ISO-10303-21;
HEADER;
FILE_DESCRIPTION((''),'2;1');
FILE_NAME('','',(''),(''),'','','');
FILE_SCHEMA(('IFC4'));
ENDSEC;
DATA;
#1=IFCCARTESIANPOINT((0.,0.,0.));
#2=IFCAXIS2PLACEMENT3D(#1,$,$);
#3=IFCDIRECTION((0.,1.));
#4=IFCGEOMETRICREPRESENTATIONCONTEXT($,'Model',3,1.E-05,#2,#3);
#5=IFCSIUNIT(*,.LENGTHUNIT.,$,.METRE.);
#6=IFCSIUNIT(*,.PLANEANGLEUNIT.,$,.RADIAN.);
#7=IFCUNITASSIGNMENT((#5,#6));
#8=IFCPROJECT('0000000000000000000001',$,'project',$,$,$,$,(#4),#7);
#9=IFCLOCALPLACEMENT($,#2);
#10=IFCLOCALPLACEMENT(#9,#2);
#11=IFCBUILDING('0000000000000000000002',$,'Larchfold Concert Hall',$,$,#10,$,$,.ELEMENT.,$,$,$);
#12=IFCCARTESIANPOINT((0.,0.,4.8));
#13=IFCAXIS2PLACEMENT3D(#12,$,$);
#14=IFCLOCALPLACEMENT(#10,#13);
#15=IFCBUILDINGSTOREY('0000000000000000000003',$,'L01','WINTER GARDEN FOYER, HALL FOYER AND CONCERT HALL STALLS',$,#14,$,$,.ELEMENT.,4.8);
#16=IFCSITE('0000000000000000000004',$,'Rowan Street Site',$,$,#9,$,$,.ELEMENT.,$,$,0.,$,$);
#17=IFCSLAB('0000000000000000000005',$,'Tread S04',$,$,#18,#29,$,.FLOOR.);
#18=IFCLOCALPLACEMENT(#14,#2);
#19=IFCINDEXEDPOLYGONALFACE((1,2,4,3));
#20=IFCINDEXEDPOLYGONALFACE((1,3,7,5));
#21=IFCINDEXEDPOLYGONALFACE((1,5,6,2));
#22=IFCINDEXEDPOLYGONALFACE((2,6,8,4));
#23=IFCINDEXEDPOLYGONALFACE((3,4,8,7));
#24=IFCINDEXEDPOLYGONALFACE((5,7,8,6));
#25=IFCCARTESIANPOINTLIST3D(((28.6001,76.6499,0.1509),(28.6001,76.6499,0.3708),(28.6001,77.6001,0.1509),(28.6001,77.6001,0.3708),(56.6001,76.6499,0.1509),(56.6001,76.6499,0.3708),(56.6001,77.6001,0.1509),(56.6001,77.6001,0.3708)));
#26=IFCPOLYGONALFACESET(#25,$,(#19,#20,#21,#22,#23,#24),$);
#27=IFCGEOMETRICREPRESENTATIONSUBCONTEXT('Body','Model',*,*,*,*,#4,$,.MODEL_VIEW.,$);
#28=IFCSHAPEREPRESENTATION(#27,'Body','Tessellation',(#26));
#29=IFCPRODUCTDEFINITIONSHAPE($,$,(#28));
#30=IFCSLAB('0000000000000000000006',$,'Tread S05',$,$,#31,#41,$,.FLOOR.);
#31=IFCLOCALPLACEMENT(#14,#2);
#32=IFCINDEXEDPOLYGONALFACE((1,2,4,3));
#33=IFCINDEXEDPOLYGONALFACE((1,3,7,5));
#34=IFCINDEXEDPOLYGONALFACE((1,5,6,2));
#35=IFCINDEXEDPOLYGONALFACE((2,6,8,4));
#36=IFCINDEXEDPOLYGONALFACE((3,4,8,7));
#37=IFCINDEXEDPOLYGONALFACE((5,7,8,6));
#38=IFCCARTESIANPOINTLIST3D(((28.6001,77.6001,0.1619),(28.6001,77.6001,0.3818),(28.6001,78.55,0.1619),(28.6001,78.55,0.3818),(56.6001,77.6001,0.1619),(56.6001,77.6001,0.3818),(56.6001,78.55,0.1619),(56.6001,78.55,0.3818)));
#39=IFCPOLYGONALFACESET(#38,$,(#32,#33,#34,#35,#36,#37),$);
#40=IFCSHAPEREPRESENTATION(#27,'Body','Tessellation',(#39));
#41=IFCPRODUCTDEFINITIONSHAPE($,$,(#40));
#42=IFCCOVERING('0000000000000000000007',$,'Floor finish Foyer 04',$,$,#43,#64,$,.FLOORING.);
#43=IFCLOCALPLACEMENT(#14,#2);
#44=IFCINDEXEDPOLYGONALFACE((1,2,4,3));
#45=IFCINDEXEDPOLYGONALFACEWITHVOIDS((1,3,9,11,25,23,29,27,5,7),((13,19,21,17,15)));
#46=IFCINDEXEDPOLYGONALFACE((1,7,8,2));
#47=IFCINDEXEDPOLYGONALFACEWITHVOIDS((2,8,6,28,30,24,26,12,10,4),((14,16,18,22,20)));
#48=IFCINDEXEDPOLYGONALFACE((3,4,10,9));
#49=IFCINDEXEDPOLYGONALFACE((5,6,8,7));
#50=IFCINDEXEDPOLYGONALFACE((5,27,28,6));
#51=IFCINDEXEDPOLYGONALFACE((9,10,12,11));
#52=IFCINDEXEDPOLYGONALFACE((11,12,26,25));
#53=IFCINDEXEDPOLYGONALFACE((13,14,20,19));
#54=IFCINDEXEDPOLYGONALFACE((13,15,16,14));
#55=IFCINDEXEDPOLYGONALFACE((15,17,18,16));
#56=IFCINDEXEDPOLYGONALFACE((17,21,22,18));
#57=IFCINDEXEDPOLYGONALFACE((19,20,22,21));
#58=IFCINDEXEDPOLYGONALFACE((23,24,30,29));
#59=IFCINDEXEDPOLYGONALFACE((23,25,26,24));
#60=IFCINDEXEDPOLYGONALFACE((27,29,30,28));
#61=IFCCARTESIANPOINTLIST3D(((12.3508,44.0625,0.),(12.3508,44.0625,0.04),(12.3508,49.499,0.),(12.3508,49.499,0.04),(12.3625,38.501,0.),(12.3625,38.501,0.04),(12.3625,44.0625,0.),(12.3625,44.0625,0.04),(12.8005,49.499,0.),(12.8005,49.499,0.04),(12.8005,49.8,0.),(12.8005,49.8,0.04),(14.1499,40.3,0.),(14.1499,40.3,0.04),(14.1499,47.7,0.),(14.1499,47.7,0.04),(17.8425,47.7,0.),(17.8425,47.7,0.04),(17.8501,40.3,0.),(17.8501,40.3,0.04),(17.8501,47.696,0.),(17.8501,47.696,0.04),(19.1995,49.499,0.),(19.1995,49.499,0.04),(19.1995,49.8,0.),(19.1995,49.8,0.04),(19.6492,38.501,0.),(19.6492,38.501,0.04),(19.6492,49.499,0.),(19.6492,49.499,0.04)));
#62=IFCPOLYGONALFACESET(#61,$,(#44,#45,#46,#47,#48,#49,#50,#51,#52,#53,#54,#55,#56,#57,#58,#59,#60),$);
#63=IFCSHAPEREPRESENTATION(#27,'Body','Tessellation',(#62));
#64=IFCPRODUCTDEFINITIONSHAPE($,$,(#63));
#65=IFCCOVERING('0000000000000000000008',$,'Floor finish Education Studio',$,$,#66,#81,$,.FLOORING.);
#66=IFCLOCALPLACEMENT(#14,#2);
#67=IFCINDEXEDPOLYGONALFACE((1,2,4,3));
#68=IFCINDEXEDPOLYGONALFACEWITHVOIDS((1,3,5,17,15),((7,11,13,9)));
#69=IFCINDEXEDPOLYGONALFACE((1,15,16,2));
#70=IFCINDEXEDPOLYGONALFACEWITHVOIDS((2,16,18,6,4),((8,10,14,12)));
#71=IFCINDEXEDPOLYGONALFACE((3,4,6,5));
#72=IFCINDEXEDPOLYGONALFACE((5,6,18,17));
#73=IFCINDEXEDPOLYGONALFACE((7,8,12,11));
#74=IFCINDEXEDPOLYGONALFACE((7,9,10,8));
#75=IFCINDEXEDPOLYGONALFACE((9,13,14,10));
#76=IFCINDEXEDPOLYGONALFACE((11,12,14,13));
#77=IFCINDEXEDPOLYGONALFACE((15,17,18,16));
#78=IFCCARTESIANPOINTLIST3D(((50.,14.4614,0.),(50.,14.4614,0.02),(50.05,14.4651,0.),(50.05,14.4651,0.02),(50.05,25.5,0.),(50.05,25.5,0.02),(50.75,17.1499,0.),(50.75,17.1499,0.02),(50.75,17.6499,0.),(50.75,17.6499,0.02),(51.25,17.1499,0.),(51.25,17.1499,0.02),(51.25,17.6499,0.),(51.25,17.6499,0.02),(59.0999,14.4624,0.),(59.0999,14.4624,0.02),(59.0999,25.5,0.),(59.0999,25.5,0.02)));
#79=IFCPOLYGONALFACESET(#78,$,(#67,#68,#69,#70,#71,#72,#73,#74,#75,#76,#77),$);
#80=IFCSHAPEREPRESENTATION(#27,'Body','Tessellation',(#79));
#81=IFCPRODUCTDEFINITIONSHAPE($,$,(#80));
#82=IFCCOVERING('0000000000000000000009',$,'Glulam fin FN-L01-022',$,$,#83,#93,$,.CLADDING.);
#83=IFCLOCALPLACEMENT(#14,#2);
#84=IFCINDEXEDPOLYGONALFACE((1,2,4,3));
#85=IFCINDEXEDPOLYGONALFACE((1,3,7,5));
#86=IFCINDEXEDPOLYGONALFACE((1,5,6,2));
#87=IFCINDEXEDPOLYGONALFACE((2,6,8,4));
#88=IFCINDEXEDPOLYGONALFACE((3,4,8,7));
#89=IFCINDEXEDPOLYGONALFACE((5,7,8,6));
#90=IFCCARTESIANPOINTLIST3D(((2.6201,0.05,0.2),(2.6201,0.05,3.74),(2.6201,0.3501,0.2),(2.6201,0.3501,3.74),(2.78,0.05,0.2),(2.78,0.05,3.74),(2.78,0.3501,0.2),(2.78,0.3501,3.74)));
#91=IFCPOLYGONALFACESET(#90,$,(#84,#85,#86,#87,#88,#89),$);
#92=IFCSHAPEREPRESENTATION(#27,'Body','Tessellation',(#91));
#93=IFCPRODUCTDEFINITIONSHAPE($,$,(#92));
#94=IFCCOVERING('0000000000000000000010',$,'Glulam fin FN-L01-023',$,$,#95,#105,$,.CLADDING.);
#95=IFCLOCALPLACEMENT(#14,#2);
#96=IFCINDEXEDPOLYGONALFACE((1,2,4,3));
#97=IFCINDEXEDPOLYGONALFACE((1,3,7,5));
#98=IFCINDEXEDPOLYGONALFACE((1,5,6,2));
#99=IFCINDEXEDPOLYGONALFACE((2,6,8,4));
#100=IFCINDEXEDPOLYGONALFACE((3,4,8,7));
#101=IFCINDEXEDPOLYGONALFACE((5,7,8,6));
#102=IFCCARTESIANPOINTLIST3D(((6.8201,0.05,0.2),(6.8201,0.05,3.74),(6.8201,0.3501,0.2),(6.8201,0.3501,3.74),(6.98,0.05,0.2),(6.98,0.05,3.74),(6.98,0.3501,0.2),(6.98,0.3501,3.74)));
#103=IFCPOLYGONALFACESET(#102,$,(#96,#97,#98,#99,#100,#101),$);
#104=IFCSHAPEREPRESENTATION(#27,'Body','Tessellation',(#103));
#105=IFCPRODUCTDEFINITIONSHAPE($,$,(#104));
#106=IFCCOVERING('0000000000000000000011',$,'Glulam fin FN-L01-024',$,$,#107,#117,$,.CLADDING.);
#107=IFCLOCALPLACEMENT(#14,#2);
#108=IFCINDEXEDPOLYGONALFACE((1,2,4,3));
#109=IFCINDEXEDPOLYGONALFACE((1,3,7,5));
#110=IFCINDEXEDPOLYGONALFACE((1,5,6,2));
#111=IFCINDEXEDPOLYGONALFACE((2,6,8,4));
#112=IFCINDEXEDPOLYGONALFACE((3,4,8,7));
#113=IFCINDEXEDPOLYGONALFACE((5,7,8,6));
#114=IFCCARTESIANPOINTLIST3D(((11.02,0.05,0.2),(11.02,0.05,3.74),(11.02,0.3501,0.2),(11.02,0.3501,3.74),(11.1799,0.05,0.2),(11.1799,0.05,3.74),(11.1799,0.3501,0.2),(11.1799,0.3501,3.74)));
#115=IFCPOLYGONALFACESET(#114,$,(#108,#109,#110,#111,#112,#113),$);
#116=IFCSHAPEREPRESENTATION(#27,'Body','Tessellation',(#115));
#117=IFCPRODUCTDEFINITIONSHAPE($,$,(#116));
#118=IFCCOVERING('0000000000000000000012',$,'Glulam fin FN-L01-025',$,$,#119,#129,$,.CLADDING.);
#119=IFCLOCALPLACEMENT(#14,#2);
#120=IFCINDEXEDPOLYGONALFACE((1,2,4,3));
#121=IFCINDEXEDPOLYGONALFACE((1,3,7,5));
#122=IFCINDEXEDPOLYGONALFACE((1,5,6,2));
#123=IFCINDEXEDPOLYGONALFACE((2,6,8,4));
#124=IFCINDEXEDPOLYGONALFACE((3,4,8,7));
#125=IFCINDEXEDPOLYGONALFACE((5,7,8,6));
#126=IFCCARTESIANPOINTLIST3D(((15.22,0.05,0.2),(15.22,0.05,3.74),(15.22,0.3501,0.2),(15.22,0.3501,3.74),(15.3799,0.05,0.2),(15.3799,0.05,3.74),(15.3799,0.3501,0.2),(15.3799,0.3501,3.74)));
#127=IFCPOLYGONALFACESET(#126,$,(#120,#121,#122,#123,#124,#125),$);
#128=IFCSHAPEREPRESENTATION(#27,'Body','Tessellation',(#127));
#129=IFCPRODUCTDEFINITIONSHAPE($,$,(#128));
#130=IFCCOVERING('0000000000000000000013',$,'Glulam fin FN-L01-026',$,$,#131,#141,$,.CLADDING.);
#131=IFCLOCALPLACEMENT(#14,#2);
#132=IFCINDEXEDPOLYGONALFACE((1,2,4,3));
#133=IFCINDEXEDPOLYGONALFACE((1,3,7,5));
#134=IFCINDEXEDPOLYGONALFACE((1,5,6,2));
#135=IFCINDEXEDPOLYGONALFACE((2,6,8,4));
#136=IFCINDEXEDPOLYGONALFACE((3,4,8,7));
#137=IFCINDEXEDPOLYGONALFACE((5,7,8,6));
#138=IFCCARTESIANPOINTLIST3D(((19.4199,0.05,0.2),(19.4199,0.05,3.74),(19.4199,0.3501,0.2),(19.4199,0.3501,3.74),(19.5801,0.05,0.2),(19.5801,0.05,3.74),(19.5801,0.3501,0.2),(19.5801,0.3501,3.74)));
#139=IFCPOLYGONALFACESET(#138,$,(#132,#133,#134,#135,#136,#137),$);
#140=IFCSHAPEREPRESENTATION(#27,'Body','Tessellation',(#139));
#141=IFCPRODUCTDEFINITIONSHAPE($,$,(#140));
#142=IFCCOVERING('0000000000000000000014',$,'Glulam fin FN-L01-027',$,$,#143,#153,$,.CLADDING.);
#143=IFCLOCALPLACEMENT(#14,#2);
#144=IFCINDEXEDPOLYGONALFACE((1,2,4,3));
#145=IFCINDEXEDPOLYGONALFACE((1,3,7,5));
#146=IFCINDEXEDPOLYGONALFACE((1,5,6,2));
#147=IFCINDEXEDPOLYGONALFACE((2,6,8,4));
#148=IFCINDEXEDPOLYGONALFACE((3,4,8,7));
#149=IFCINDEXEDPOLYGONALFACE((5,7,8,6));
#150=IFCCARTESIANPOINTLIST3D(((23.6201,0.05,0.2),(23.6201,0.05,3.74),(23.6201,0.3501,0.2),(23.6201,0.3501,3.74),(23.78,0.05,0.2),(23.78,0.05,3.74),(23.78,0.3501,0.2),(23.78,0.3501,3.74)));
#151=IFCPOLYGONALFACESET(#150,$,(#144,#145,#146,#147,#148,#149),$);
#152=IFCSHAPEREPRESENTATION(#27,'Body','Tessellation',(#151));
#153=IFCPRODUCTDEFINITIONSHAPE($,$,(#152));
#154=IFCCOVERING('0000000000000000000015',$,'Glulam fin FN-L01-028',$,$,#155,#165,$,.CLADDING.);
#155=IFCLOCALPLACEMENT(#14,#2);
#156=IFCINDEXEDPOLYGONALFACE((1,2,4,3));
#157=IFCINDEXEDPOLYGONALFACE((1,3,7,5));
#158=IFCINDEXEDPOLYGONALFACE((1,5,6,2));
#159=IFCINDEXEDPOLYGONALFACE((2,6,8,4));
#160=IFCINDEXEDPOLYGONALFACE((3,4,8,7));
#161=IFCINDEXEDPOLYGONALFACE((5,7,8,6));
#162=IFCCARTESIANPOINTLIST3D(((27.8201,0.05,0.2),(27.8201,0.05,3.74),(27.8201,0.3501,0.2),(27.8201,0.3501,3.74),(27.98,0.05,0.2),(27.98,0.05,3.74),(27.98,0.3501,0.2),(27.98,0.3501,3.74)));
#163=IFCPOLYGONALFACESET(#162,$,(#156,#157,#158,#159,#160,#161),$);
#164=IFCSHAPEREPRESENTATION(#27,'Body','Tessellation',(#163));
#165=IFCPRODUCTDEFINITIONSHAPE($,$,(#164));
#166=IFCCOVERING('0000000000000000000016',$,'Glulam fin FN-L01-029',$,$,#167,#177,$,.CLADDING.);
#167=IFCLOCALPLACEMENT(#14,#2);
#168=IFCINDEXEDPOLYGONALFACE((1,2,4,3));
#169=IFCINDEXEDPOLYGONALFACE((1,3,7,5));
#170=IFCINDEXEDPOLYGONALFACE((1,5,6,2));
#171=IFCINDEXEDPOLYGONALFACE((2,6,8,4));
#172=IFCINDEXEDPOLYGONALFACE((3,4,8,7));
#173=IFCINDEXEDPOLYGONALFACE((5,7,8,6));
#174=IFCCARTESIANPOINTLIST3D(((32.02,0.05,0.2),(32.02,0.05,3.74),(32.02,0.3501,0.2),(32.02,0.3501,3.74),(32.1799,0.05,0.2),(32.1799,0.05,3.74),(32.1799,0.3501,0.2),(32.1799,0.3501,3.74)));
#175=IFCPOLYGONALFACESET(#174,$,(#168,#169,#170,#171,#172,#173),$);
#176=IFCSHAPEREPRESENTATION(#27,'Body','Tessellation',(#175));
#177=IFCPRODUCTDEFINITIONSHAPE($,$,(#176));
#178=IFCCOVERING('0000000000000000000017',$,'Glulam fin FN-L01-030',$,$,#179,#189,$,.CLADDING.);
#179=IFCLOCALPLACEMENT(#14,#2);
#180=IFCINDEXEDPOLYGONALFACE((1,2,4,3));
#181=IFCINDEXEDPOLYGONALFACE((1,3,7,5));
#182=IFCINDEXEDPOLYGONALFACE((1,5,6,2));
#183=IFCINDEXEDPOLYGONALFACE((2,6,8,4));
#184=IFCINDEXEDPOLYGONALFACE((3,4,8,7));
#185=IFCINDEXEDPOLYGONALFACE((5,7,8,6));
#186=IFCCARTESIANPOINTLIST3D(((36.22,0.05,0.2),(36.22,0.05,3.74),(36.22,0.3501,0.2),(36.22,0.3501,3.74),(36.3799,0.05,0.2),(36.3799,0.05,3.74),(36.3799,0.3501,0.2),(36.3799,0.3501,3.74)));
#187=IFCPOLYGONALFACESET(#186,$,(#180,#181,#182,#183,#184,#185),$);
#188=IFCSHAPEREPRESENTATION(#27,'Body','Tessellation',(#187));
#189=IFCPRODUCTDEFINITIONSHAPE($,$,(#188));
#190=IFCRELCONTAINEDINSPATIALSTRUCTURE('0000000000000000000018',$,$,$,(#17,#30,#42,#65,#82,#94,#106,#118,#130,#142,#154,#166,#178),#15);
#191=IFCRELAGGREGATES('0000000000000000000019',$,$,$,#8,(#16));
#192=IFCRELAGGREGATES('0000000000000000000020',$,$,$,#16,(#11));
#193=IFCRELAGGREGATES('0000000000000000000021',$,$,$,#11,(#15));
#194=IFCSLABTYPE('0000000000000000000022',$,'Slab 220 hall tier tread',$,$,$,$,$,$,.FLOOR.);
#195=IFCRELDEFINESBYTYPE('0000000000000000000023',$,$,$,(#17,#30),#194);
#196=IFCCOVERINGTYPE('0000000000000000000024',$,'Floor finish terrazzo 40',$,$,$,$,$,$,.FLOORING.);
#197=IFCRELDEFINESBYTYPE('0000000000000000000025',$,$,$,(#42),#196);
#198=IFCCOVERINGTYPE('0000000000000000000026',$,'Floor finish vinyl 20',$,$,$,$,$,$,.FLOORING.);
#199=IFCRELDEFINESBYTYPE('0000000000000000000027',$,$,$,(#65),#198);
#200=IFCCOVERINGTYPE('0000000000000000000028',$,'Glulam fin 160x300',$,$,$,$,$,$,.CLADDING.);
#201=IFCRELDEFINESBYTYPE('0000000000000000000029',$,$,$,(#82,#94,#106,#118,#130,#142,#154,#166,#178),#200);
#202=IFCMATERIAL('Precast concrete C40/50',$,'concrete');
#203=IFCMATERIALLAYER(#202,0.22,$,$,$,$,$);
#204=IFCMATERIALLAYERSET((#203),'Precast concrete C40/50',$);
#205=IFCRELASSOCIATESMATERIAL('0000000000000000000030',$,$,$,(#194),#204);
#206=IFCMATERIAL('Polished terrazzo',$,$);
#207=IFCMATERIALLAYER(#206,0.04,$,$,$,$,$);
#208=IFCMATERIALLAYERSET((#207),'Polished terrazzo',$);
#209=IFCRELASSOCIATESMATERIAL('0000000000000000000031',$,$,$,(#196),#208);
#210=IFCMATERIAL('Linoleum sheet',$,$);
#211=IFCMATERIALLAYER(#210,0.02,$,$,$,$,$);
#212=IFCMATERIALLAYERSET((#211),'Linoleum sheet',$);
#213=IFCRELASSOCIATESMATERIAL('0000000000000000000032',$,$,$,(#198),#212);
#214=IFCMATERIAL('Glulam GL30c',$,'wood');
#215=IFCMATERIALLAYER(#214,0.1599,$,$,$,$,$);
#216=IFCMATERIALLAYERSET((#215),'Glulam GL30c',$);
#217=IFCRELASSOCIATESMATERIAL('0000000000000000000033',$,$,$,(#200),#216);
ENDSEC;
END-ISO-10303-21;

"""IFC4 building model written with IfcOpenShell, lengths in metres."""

from ifc_helpers import new_model, si_unit, direction, frame, origin, place, context, subcontext, project, spatial, polyline, outline, extrude, material, layer, layer_set, type_object, element, save


model = new_model("IFC4")

# Units and contexts
model_context = context("Model", 3, precision=1e-05, world=origin(), true_north=direction((0.0, 1.0)))
body_context = subcontext(model_context, "Body", "Model", "MODEL_VIEW")
ifc_project = project(units=[si_unit("LENGTHUNIT", "METRE"), si_unit("PLANEANGLEUNIT", "RADIAN")], contexts=[model_context])

# Site, building, storey
site_placement = place(None, origin())
site = spatial("IfcSite", under=ifc_project, at=site_placement, Name="Rowan Street Site", CompositionType="ELEMENT", RefElevation=0.0)
building_placement = place(site_placement, origin())
building = spatial("IfcBuilding", under=site, at=building_placement, Name="Larchfold Concert Hall", CompositionType="ELEMENT")
storey_placement = place(building_placement, frame((0.0, 0.0, 4.8)))
storey = spatial("IfcBuildingStorey", under=building, at=storey_placement, Name="L01", Description="WINTER GARDEN FOYER, HALL FOYER AND CONCERT HALL STALLS", CompositionType="ELEMENT", Elevation=4.8)

# Slabs
ifc_material_1 = material(Name="Precast concrete C40/50", Category="concrete")
ifc_layer_1 = layer(ifc_material_1, 0.22)
ifc_layer_set_1 = layer_set([ifc_layer_1], Name="Precast concrete C40/50")
slab_type = type_object("IfcSlabType", Name="Slab 220 hall tier tread", PredefinedType="FLOOR", material=ifc_layer_set_1)
slab_1_placement = place(storey_placement, frame((0.0, 0.0, 0.1509)))
element("IfcSlab", 1, at=slab_1_placement, inside=storey, type_object=slab_type, Name="Tread S04", PredefinedType="FLOOR", context=body_context, shape_type="SweptSolid", body=[
    extrude(outline(polyline([(56.6001, 77.6001), (28.6001, 77.6001), (28.6001, 76.6499), (56.6001, 76.6499), (56.6001, 77.6001)])), origin(), (0.0, 0.0, 1.0), 0.22),
])
slab_2_placement = place(storey_placement, frame((0.0, 0.0, 0.1619)))
element("IfcSlab", 2, at=slab_2_placement, inside=storey, type_object=slab_type, Name="Tread S05", PredefinedType="FLOOR", context=body_context, shape_type="SweptSolid", body=[
    extrude(outline(polyline([(56.6001, 78.55), (28.6001, 78.55), (28.6001, 77.6001), (56.6001, 77.6001), (56.6001, 78.55)])), origin(), (0.0, 0.0, 1.0), 0.22),
])

# Coverings
ifc_material_2 = material(Name="Polished terrazzo")
ifc_layer_2 = layer(ifc_material_2, 0.04)
ifc_layer_set_2 = layer_set([ifc_layer_2], Name="Polished terrazzo")
covering_type_1 = type_object("IfcCoveringType", Name="Floor finish terrazzo 40", PredefinedType="FLOORING", material=ifc_layer_set_2)
covering_1_placement = place(storey_placement, origin())
element("IfcCovering", 3, at=covering_1_placement, inside=storey, type_object=covering_type_1, Name="Floor finish Foyer 04", PredefinedType="FLOORING", context=body_context, shape_type="SweptSolid", body=[
    extrude(outline(polyline([(12.3508, 49.499), (12.3508, 44.0625), (12.3625, 44.0625), (12.3625, 38.501), (19.6492, 38.501), (19.6492, 49.499), (19.1995, 49.499), (19.1995, 49.8), (12.8005, 49.8), (12.8005, 49.499), (12.3508, 49.499)]), holes=[polyline([(14.1499, 40.3), (14.1499, 47.7), (17.8425, 47.7), (17.8501, 47.696), (17.8501, 40.3), (14.1499, 40.3)])]), origin(), (0.0, 0.0, 1.0), 0.04),
])
ifc_material_3 = material(Name="Linoleum sheet")
ifc_layer_3 = layer(ifc_material_3, 0.02)
ifc_layer_set_3 = layer_set([ifc_layer_3], Name="Linoleum sheet")
covering_type_2 = type_object("IfcCoveringType", Name="Floor finish vinyl 20", PredefinedType="FLOORING", material=ifc_layer_set_3)
covering_2_placement = place(storey_placement, origin())
element("IfcCovering", 4, at=covering_2_placement, inside=storey, type_object=covering_type_2, Name="Floor finish Education Studio", PredefinedType="FLOORING", context=body_context, shape_type="SweptSolid", body=[
    extrude(outline(polyline([(50.0, 14.4614), (59.0999, 14.4624), (59.0999, 25.5), (50.05, 25.5), (50.05, 14.4651), (50.0, 14.4614)]), holes=[polyline([(51.25, 17.1499), (50.75, 17.1499), (50.75, 17.6499), (51.25, 17.6499), (51.25, 17.1499)])]), origin(), (0.0, 0.0, 1.0), 0.02),
])
ifc_material_4 = material(Name="Glulam GL30c", Category="wood")
ifc_layer_4 = layer(ifc_material_4, 0.1599)
ifc_layer_set_4 = layer_set([ifc_layer_4], Name="Glulam GL30c")
covering_type_3 = type_object("IfcCoveringType", Name="Glulam fin 160x300", PredefinedType="CLADDING", material=ifc_layer_set_4)
covering_3_placement = place(storey_placement, frame((0.0, 0.0, 0.2)))
element("IfcCovering", 5, at=covering_3_placement, inside=storey, type_object=covering_type_3, Name="Glulam fin FN-L01-022", PredefinedType="CLADDING", context=body_context, shape_type="SweptSolid", body=[
    extrude(outline(polyline([(2.78, 0.05), (2.78, 0.3501), (2.6201, 0.3501), (2.6201, 0.05), (2.78, 0.05)])), origin(), (0.0, 0.0, 1.0), 3.54),
])
covering_4_placement = place(storey_placement, frame((0.0, 0.0, 0.2)))
element("IfcCovering", 6, at=covering_4_placement, inside=storey, type_object=covering_type_3, Name="Glulam fin FN-L01-023", PredefinedType="CLADDING", context=body_context, shape_type="SweptSolid", body=[
    extrude(outline(polyline([(6.98, 0.05), (6.98, 0.3501), (6.8201, 0.3501), (6.8201, 0.05), (6.98, 0.05)])), origin(), (0.0, 0.0, 1.0), 3.54),
])
covering_5_placement = place(storey_placement, frame((0.0, 0.0, 0.2)))
element("IfcCovering", 7, at=covering_5_placement, inside=storey, type_object=covering_type_3, Name="Glulam fin FN-L01-024", PredefinedType="CLADDING", context=body_context, shape_type="SweptSolid", body=[
    extrude(outline(polyline([(11.1799, 0.05), (11.1799, 0.3501), (11.02, 0.3501), (11.02, 0.05), (11.1799, 0.05)])), origin(), (0.0, 0.0, 1.0), 3.54),
])
covering_6_placement = place(storey_placement, frame((0.0, 0.0, 0.2)))
element("IfcCovering", 8, at=covering_6_placement, inside=storey, type_object=covering_type_3, Name="Glulam fin FN-L01-025", PredefinedType="CLADDING", context=body_context, shape_type="SweptSolid", body=[
    extrude(outline(polyline([(15.3799, 0.05), (15.3799, 0.3501), (15.22, 0.3501), (15.22, 0.05), (15.3799, 0.05)])), origin(), (0.0, 0.0, 1.0), 3.54),
])
covering_7_placement = place(storey_placement, frame((0.0, 0.0, 0.2)))
element("IfcCovering", 9, at=covering_7_placement, inside=storey, type_object=covering_type_3, Name="Glulam fin FN-L01-026", PredefinedType="CLADDING", context=body_context, shape_type="SweptSolid", body=[
    extrude(outline(polyline([(19.5801, 0.05), (19.5801, 0.3501), (19.4199, 0.3501), (19.4199, 0.05), (19.5801, 0.05)])), origin(), (0.0, 0.0, 1.0), 3.54),
])
covering_8_placement = place(storey_placement, frame((0.0, 0.0, 0.2)))
element("IfcCovering", 10, at=covering_8_placement, inside=storey, type_object=covering_type_3, Name="Glulam fin FN-L01-027", PredefinedType="CLADDING", context=body_context, shape_type="SweptSolid", body=[
    extrude(outline(polyline([(23.78, 0.05), (23.78, 0.3501), (23.6201, 0.3501), (23.6201, 0.05), (23.78, 0.05)])), origin(), (0.0, 0.0, 1.0), 3.54),
])
covering_9_placement = place(storey_placement, frame((0.0, 0.0, 0.2)))
element("IfcCovering", 11, at=covering_9_placement, inside=storey, type_object=covering_type_3, Name="Glulam fin FN-L01-028", PredefinedType="CLADDING", context=body_context, shape_type="SweptSolid", body=[
    extrude(outline(polyline([(27.98, 0.05), (27.98, 0.3501), (27.8201, 0.3501), (27.8201, 0.05), (27.98, 0.05)])), origin(), (0.0, 0.0, 1.0), 3.54),
])
covering_10_placement = place(storey_placement, frame((0.0, 0.0, 0.2)))
element("IfcCovering", 12, at=covering_10_placement, inside=storey, type_object=covering_type_3, Name="Glulam fin FN-L01-029", PredefinedType="CLADDING", context=body_context, shape_type="SweptSolid", body=[
    extrude(outline(polyline([(32.1799, 0.05), (32.1799, 0.3501), (32.02, 0.3501), (32.02, 0.05), (32.1799, 0.05)])), origin(), (0.0, 0.0, 1.0), 3.54),
])
covering_11_placement = place(storey_placement, frame((0.0, 0.0, 0.2)))
element("IfcCovering", 13, at=covering_11_placement, inside=storey, type_object=covering_type_3, Name="Glulam fin FN-L01-030", PredefinedType="CLADDING", context=body_context, shape_type="SweptSolid", body=[
    extrude(outline(polyline([(36.3799, 0.05), (36.3799, 0.3501), (36.22, 0.3501), (36.22, 0.05), (36.3799, 0.05)])), origin(), (0.0, 0.0, 1.0), 3.54),
])

save(model, "model.ifc")
